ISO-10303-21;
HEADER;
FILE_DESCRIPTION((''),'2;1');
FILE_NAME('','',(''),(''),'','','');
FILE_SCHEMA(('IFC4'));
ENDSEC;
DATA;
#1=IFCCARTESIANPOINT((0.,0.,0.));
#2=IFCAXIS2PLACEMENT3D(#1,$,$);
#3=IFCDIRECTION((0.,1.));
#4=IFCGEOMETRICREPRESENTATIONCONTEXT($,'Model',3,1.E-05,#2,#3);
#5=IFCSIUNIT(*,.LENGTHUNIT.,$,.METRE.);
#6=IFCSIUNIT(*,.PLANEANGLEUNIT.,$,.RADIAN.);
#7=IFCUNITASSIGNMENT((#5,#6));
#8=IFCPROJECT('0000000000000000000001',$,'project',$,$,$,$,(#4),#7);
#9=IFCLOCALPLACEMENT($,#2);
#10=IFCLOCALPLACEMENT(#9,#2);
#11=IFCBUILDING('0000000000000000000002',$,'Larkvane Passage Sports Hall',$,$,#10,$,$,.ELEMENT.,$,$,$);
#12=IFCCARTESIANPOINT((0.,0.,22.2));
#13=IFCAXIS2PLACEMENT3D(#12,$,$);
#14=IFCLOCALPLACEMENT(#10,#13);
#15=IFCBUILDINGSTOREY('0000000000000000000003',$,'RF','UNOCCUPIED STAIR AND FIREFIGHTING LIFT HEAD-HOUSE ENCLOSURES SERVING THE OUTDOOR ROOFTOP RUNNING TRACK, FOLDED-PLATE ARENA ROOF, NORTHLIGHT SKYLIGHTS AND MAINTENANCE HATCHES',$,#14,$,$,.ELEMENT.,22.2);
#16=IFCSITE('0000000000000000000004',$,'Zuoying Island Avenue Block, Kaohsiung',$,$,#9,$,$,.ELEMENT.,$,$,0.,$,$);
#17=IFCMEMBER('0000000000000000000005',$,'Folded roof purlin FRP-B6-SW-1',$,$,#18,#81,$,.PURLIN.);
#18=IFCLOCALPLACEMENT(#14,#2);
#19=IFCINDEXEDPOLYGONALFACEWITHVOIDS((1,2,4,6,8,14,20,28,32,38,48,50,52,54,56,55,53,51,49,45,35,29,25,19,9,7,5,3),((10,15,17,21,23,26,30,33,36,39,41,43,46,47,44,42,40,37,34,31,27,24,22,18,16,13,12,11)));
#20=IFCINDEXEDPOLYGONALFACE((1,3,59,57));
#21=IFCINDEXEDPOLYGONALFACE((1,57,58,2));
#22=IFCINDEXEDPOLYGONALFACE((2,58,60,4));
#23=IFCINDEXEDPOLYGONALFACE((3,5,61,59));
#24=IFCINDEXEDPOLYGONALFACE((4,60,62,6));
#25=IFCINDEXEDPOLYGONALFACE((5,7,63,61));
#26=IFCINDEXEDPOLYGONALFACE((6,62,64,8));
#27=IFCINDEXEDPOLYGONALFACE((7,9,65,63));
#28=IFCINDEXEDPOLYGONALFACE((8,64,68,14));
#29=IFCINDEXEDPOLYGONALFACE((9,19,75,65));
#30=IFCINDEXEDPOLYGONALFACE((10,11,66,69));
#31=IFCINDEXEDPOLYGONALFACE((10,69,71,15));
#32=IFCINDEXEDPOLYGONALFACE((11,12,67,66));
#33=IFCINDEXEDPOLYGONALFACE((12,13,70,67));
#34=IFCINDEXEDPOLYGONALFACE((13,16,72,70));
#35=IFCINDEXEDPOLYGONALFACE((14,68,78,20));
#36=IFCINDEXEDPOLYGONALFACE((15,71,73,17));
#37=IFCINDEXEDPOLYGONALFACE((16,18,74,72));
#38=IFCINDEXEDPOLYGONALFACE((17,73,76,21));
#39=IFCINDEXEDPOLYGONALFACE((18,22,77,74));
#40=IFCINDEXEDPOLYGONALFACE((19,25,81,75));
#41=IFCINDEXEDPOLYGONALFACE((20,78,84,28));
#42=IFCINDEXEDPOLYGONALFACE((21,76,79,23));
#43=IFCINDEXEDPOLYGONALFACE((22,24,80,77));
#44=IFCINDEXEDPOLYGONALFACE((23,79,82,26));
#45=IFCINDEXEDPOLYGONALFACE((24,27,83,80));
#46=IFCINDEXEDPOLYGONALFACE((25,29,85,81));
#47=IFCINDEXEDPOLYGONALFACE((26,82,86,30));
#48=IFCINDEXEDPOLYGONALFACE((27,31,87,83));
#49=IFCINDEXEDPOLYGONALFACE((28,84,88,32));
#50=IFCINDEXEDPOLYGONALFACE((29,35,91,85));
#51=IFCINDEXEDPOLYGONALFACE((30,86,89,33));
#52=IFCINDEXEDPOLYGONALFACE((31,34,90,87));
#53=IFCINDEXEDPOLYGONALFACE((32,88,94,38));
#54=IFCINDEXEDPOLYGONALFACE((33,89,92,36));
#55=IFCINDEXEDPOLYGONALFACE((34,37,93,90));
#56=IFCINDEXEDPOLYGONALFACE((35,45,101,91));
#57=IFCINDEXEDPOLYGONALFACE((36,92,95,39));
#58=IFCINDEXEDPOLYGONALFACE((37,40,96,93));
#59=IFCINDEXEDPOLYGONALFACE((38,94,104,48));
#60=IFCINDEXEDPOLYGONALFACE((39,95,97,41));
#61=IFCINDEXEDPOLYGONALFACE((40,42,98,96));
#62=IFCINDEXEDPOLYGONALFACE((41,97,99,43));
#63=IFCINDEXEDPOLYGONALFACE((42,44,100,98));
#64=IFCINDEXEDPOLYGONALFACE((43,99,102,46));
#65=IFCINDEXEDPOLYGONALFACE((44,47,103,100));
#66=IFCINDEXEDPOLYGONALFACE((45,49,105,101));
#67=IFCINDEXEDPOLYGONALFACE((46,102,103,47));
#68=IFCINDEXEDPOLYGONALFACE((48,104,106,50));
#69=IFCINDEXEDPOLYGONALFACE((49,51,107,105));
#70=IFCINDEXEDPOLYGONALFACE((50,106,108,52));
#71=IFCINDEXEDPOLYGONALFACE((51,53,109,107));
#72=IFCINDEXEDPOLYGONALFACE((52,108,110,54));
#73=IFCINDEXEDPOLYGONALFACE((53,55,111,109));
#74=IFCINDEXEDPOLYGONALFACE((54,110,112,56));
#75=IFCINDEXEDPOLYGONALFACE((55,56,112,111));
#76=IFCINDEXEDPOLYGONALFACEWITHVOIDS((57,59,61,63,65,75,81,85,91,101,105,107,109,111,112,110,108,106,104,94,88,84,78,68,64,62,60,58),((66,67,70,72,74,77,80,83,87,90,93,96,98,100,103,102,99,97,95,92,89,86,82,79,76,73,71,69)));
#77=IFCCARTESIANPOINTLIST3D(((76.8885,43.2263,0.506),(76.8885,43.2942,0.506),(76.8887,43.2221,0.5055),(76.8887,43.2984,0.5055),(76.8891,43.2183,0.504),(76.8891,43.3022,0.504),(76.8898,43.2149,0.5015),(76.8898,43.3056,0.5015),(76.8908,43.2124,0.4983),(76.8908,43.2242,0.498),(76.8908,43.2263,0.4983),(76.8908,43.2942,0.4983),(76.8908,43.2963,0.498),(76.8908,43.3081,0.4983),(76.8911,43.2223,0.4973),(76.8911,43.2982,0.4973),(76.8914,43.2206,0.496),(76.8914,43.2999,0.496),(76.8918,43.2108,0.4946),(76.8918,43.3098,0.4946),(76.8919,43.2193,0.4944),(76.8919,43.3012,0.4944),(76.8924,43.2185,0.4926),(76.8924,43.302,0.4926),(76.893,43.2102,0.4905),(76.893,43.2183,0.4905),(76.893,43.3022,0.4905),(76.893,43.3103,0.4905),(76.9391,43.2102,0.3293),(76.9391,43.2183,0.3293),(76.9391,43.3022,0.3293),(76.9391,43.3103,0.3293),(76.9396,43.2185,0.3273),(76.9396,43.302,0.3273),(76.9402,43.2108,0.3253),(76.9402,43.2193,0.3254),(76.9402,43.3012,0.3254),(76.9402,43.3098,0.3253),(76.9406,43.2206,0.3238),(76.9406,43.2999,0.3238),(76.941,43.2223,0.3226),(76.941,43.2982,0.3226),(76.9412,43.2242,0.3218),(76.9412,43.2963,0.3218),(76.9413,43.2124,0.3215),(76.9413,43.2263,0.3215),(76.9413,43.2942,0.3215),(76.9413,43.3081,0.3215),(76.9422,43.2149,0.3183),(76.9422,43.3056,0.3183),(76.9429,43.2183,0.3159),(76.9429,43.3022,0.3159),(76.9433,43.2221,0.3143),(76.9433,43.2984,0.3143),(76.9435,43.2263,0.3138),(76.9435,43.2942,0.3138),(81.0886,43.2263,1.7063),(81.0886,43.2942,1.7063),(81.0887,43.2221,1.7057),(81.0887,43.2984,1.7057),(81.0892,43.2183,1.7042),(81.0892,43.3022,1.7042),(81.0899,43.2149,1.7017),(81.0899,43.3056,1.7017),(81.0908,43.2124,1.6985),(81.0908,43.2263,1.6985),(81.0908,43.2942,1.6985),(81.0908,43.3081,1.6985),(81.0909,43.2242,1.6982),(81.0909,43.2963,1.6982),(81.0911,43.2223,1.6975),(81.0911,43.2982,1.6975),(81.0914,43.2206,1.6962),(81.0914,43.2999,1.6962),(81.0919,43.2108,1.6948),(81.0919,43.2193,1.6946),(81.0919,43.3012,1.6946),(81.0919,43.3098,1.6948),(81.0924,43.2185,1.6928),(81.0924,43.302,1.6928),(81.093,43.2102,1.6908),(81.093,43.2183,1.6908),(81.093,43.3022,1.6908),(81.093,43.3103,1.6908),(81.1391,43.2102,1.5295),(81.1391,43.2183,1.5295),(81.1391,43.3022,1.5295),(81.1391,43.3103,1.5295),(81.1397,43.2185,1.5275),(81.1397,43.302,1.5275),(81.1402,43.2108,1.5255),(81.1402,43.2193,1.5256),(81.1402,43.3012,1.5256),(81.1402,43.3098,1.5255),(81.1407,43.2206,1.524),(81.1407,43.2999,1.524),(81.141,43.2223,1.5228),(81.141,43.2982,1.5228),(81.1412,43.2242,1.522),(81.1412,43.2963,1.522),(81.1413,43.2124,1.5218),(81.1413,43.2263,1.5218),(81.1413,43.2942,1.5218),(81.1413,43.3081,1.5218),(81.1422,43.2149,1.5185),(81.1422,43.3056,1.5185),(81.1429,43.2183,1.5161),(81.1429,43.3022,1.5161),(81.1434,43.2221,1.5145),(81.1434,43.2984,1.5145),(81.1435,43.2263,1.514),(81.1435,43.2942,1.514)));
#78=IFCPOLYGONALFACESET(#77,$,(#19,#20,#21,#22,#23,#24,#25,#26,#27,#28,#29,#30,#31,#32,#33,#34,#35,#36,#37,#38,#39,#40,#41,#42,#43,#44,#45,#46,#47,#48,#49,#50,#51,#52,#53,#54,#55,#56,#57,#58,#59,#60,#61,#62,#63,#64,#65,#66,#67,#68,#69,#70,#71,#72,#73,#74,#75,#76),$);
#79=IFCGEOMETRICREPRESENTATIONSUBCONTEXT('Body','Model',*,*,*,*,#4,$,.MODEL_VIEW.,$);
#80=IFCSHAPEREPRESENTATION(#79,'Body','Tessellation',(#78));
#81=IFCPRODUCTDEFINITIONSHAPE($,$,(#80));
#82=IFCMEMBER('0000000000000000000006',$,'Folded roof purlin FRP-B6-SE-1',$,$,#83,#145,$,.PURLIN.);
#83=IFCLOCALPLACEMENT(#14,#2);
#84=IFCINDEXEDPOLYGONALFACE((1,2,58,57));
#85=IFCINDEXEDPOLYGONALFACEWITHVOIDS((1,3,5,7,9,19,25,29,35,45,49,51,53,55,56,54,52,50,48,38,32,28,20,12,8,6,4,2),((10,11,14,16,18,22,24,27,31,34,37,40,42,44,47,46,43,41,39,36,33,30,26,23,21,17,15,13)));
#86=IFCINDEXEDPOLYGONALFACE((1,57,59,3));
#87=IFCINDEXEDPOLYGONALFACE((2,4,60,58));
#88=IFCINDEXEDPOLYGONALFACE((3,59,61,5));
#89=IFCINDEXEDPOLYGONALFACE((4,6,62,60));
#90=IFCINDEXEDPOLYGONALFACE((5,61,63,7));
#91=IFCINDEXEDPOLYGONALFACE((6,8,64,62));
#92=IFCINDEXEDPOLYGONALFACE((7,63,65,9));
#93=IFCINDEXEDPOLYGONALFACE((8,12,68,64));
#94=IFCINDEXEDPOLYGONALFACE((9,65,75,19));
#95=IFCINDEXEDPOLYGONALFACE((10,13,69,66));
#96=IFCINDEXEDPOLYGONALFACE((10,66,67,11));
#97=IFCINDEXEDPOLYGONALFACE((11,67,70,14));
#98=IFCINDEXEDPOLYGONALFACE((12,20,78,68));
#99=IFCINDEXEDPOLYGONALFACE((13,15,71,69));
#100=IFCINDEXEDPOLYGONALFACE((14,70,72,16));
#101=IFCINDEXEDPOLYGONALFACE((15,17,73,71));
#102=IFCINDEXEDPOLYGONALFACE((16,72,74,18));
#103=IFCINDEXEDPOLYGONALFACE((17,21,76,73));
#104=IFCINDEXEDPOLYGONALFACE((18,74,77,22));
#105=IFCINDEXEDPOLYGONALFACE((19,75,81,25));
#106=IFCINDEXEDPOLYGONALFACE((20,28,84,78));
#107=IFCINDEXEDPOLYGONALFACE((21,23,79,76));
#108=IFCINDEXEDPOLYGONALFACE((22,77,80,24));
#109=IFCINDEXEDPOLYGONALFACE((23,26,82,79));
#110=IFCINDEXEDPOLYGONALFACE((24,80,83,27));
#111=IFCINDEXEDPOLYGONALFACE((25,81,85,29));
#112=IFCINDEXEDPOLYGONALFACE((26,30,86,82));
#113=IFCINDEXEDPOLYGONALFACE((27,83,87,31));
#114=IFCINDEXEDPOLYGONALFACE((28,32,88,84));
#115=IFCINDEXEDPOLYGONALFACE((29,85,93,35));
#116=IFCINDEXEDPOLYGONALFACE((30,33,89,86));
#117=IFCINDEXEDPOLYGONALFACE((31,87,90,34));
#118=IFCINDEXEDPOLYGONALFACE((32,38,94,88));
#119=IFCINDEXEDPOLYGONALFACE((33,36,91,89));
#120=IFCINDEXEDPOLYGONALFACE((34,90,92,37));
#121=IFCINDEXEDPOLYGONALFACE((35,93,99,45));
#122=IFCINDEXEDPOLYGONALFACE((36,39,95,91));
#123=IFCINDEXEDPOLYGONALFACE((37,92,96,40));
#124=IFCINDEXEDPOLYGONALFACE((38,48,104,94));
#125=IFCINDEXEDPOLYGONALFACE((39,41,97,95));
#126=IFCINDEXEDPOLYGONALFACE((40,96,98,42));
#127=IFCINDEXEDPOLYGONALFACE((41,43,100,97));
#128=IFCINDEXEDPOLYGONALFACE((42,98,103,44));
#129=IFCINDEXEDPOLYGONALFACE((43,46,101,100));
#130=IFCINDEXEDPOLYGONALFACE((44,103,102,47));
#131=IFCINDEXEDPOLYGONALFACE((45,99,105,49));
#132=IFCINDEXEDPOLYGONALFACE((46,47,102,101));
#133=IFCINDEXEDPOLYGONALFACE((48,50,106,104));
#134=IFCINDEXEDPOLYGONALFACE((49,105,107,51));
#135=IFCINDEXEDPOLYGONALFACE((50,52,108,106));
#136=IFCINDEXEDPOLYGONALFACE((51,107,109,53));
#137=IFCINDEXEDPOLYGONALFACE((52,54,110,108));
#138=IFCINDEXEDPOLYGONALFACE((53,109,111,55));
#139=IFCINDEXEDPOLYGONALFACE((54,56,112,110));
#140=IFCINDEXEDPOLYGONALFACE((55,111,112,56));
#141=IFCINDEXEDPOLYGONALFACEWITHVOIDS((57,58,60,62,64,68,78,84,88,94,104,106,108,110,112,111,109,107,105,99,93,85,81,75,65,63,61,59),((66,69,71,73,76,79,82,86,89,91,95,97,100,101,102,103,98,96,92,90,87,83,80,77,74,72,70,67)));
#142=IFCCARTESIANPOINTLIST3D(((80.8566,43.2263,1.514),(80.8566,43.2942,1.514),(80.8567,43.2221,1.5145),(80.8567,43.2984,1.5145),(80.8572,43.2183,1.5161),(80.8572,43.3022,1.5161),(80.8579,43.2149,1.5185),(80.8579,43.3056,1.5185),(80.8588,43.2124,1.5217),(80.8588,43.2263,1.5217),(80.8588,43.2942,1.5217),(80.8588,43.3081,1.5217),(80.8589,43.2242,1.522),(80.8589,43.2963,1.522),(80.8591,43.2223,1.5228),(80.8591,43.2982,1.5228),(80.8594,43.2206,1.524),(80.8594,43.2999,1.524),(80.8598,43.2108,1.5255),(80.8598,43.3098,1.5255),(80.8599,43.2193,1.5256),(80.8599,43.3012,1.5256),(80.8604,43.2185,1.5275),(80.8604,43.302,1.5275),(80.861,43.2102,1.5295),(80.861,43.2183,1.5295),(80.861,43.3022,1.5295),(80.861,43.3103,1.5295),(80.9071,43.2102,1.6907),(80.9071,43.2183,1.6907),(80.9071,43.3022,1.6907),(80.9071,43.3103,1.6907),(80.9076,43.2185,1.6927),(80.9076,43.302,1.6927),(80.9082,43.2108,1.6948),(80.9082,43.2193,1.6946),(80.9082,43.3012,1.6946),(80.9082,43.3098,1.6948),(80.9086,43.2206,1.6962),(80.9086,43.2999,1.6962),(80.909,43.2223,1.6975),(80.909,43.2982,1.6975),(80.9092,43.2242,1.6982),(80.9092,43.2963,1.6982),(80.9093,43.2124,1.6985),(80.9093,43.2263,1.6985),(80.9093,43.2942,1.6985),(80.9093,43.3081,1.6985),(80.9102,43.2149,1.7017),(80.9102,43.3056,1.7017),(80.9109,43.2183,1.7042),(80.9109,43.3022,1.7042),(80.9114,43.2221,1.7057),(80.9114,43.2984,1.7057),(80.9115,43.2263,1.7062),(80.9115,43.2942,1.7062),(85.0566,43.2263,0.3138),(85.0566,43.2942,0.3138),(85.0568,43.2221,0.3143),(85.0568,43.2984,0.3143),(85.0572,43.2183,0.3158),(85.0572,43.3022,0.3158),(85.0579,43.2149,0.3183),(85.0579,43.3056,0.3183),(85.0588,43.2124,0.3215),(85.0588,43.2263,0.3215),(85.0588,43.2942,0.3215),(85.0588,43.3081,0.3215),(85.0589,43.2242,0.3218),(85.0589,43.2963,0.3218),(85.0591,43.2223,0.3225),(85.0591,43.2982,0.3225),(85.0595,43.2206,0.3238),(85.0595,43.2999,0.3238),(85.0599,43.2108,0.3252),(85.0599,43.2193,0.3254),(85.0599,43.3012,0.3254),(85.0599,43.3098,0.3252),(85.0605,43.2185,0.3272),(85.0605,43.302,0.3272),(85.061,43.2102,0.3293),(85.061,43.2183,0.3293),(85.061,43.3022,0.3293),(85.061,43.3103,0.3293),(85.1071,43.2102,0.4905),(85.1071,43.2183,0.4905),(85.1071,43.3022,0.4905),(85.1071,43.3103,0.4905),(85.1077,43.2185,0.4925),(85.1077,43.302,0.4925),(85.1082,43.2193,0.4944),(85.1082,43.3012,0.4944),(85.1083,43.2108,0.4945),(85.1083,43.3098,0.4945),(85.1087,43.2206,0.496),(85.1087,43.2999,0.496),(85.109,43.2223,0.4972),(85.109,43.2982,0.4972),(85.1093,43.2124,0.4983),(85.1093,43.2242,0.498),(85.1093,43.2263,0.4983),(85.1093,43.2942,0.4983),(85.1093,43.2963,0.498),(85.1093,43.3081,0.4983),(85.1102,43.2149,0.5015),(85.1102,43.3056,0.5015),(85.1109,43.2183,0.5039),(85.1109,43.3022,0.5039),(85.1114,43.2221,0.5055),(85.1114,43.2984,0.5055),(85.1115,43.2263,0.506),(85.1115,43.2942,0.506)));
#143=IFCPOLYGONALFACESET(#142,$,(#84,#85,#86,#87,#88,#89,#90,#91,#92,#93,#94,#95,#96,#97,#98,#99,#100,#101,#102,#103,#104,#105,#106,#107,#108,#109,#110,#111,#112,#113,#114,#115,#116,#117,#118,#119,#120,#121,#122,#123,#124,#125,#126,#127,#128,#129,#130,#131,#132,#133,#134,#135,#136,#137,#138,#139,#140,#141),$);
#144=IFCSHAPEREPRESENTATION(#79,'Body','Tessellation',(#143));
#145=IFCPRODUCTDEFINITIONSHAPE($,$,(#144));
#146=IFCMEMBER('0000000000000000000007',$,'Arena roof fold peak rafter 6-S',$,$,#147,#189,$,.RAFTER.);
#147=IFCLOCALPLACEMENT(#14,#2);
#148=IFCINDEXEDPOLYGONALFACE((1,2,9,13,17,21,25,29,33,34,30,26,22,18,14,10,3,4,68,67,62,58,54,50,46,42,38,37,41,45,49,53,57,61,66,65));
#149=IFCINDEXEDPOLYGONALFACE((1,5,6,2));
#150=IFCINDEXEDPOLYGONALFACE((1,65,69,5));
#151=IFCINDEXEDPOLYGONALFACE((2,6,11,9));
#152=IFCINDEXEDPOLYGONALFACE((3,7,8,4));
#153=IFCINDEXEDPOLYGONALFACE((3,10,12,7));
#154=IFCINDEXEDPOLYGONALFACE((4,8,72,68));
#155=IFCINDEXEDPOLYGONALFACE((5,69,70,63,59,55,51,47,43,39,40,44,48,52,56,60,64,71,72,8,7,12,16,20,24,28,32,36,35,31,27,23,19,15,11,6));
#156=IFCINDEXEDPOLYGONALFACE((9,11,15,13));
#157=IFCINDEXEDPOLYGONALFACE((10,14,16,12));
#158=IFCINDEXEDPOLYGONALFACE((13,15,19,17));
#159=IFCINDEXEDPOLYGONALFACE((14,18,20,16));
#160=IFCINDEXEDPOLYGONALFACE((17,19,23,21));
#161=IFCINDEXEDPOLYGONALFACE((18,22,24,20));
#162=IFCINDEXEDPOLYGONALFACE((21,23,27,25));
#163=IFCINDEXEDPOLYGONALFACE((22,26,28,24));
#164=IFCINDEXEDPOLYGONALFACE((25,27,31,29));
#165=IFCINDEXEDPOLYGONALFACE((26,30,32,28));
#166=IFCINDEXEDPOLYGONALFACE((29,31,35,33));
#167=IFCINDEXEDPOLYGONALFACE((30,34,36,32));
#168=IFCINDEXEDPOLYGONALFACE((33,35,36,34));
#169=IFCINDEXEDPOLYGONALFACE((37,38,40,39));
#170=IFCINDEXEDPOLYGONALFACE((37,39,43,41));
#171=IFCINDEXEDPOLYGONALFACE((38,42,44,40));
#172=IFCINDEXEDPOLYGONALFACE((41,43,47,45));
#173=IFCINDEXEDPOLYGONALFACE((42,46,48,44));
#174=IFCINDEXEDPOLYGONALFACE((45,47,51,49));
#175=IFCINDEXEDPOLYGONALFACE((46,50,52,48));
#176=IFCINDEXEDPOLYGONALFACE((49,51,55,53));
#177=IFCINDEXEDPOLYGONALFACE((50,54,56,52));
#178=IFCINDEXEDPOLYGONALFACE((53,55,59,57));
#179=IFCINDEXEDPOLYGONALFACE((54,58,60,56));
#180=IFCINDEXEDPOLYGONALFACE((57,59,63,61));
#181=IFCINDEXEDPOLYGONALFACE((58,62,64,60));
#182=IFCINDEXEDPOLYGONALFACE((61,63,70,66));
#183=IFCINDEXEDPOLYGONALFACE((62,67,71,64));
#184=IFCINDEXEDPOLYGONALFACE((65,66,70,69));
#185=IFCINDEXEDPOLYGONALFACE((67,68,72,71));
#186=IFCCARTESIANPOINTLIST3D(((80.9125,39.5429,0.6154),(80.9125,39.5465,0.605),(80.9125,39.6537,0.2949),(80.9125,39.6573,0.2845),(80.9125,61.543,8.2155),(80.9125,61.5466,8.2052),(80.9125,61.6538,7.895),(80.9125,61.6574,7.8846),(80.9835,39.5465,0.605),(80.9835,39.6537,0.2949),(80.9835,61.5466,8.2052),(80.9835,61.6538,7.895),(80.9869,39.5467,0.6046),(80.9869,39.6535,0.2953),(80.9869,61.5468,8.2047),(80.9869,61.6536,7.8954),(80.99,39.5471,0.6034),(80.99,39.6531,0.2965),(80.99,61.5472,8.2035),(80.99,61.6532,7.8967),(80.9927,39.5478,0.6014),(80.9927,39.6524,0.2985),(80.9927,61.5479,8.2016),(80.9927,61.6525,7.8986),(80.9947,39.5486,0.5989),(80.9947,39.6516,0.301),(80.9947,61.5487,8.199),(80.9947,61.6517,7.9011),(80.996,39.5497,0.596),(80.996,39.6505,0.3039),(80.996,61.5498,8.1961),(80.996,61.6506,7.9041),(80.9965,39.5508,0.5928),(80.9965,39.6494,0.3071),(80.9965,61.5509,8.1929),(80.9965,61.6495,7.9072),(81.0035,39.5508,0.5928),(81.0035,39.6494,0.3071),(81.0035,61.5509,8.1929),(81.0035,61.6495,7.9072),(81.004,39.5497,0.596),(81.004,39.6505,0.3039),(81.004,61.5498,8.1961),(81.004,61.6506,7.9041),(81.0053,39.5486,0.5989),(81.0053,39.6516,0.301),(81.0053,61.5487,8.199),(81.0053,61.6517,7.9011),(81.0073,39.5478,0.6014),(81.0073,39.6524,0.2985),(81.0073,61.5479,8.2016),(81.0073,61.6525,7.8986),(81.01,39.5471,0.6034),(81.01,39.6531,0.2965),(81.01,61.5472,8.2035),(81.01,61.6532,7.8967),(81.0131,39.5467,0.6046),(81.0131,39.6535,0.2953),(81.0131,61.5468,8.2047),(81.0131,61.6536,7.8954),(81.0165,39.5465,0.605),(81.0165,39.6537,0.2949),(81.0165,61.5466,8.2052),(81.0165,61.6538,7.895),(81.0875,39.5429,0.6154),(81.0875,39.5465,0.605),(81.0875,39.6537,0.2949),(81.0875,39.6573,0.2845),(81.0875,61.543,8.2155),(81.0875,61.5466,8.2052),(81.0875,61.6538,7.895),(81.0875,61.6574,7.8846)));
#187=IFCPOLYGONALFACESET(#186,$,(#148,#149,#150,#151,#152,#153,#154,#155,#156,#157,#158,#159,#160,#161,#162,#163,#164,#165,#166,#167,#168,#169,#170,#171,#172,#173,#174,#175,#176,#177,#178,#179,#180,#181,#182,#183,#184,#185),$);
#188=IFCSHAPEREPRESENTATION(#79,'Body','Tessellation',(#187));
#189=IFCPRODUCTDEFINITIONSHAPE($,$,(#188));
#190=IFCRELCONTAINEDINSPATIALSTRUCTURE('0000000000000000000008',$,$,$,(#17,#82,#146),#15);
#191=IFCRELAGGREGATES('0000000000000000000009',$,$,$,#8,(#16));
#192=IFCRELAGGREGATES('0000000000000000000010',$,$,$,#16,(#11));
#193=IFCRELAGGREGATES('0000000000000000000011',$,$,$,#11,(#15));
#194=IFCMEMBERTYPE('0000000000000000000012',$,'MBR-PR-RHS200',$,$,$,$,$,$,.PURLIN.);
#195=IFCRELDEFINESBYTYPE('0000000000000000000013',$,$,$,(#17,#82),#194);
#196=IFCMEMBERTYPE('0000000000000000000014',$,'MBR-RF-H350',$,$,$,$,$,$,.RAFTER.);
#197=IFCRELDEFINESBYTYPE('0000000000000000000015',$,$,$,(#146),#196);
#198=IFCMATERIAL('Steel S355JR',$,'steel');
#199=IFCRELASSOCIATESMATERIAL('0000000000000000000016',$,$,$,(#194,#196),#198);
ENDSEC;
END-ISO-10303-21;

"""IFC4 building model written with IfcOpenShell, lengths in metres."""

from ifc_helpers import new_model, si_unit, direction, frame, origin, origin_2d, place, context, subcontext, project, spatial, hollow_rectangle, i_section, extrude, material, material_profile, profile_set, type_object, element, save


model = new_model("IFC4")

# Units and contexts
model_context = context("Model", 3, precision=1e-05, world=origin(), true_north=direction((0.0, 1.0)))
body_context = subcontext(model_context, "Body", "Model", "MODEL_VIEW")
ifc_project = project(units=[si_unit("LENGTHUNIT", "METRE"), si_unit("PLANEANGLEUNIT", "RADIAN")], contexts=[model_context])

# Site, building, storey
site_placement = place(None, origin())
site = spatial("IfcSite", under=ifc_project, at=site_placement, Name="Zuoying Island Avenue Block, Kaohsiung", CompositionType="ELEMENT", RefElevation=0.0)
building_placement = place(site_placement, origin())
building = spatial("IfcBuilding", under=site, at=building_placement, Name="Larkvane Passage Sports Hall", CompositionType="ELEMENT")
storey_placement = place(building_placement, frame((0.0, 0.0, 22.2)))
storey = spatial("IfcBuildingStorey", under=building, at=storey_placement, Name="RF", Description="UNOCCUPIED STAIR AND FIREFIGHTING LIFT HEAD-HOUSE ENCLOSURES SERVING THE OUTDOOR ROOFTOP RUNNING TRACK, FOLDED-PLATE ARENA ROOF, NORTHLIGHT SKYLIGHTS AND MAINTENANCE HATCHES", CompositionType="ELEMENT", Elevation=22.2)

# Members
ifc_material_1 = material(Name="Steel S355JR", Category="steel")
ifc_material_profile_1 = material_profile(ifc_material_1, hollow_rectangle(XDim=0.1001, YDim=0.2, WallThickness=0.0081, InnerFilletRadius=0.0081, OuterFilletRadius=0.0161, at=origin_2d()), Name="RHS-200x100x8")
ifc_profile_set_1 = profile_set([ifc_material_profile_1], Name="Steel S355JR")
member_type_1 = type_object("IfcMemberType", Name="MBR-PR-RHS200", PredefinedType="PURLIN", material=ifc_profile_set_1)
for number, where, z_axis, x_axis, name in (
    (1, (76.916, 43.2603, 0.4099), (0.961511, 0.0, 0.274765), (0.0, 1.0, 0.0), "Folded roof purlin FRP-B6-SW-1"),
    (2, (80.884, 43.2603, 1.6101), (0.961511, 0.0, -0.274765), (0.0, 1.0, 0.0), "Folded roof purlin FRP-B6-SE-1"),
):
    element("IfcMember", number, at=place(storey_placement, frame(where, z_axis=z_axis, x_axis=x_axis)), inside=storey, type_object=member_type_1, Name=name, PredefinedType="PURLIN", context=body_context, shape_type="SweptSolid", body=[
        extrude(hollow_rectangle(XDim=0.1001, YDim=0.2, WallThickness=0.0081, InnerFilletRadius=0.0081, OuterFilletRadius=0.0161, at=origin_2d()), origin(), (0.0, 0.0, 1.0), 4.3682),
    ])
ifc_material_profile_2 = material_profile(ifc_material_1, i_section(OverallWidth=0.175, OverallDepth=0.3501, WebThickness=0.0071, FlangeThickness=0.011, FilletRadius=0.0129, at=origin_2d()), Name="H-350x175x7x11")
ifc_profile_set_2 = profile_set([ifc_material_profile_2], Name="Steel S355JR")
member_type_2 = type_object("IfcMemberType", Name="MBR-RF-H350", PredefinedType="RAFTER", material=ifc_profile_set_2)
member_1_placement = place(storey_placement, frame((81.0, 39.6001, 0.45), z_axis=(0.0, 0.945189, 0.326524), x_axis=(-1.0, 0.0, 0.0)))
element("IfcMember", 3, at=member_1_placement, inside=storey, type_object=member_type_2, Name="Arena roof fold peak rafter 6-S", PredefinedType="RAFTER", context=body_context, shape_type="SweptSolid", body=[
    extrude(i_section(OverallWidth=0.175, OverallDepth=0.3501, WebThickness=0.0071, FlangeThickness=0.011, FilletRadius=0.0129, at=origin_2d()), origin(), (0.0, 0.0, 1.0), 23.2759),
])

save(model, "model.ifc")
